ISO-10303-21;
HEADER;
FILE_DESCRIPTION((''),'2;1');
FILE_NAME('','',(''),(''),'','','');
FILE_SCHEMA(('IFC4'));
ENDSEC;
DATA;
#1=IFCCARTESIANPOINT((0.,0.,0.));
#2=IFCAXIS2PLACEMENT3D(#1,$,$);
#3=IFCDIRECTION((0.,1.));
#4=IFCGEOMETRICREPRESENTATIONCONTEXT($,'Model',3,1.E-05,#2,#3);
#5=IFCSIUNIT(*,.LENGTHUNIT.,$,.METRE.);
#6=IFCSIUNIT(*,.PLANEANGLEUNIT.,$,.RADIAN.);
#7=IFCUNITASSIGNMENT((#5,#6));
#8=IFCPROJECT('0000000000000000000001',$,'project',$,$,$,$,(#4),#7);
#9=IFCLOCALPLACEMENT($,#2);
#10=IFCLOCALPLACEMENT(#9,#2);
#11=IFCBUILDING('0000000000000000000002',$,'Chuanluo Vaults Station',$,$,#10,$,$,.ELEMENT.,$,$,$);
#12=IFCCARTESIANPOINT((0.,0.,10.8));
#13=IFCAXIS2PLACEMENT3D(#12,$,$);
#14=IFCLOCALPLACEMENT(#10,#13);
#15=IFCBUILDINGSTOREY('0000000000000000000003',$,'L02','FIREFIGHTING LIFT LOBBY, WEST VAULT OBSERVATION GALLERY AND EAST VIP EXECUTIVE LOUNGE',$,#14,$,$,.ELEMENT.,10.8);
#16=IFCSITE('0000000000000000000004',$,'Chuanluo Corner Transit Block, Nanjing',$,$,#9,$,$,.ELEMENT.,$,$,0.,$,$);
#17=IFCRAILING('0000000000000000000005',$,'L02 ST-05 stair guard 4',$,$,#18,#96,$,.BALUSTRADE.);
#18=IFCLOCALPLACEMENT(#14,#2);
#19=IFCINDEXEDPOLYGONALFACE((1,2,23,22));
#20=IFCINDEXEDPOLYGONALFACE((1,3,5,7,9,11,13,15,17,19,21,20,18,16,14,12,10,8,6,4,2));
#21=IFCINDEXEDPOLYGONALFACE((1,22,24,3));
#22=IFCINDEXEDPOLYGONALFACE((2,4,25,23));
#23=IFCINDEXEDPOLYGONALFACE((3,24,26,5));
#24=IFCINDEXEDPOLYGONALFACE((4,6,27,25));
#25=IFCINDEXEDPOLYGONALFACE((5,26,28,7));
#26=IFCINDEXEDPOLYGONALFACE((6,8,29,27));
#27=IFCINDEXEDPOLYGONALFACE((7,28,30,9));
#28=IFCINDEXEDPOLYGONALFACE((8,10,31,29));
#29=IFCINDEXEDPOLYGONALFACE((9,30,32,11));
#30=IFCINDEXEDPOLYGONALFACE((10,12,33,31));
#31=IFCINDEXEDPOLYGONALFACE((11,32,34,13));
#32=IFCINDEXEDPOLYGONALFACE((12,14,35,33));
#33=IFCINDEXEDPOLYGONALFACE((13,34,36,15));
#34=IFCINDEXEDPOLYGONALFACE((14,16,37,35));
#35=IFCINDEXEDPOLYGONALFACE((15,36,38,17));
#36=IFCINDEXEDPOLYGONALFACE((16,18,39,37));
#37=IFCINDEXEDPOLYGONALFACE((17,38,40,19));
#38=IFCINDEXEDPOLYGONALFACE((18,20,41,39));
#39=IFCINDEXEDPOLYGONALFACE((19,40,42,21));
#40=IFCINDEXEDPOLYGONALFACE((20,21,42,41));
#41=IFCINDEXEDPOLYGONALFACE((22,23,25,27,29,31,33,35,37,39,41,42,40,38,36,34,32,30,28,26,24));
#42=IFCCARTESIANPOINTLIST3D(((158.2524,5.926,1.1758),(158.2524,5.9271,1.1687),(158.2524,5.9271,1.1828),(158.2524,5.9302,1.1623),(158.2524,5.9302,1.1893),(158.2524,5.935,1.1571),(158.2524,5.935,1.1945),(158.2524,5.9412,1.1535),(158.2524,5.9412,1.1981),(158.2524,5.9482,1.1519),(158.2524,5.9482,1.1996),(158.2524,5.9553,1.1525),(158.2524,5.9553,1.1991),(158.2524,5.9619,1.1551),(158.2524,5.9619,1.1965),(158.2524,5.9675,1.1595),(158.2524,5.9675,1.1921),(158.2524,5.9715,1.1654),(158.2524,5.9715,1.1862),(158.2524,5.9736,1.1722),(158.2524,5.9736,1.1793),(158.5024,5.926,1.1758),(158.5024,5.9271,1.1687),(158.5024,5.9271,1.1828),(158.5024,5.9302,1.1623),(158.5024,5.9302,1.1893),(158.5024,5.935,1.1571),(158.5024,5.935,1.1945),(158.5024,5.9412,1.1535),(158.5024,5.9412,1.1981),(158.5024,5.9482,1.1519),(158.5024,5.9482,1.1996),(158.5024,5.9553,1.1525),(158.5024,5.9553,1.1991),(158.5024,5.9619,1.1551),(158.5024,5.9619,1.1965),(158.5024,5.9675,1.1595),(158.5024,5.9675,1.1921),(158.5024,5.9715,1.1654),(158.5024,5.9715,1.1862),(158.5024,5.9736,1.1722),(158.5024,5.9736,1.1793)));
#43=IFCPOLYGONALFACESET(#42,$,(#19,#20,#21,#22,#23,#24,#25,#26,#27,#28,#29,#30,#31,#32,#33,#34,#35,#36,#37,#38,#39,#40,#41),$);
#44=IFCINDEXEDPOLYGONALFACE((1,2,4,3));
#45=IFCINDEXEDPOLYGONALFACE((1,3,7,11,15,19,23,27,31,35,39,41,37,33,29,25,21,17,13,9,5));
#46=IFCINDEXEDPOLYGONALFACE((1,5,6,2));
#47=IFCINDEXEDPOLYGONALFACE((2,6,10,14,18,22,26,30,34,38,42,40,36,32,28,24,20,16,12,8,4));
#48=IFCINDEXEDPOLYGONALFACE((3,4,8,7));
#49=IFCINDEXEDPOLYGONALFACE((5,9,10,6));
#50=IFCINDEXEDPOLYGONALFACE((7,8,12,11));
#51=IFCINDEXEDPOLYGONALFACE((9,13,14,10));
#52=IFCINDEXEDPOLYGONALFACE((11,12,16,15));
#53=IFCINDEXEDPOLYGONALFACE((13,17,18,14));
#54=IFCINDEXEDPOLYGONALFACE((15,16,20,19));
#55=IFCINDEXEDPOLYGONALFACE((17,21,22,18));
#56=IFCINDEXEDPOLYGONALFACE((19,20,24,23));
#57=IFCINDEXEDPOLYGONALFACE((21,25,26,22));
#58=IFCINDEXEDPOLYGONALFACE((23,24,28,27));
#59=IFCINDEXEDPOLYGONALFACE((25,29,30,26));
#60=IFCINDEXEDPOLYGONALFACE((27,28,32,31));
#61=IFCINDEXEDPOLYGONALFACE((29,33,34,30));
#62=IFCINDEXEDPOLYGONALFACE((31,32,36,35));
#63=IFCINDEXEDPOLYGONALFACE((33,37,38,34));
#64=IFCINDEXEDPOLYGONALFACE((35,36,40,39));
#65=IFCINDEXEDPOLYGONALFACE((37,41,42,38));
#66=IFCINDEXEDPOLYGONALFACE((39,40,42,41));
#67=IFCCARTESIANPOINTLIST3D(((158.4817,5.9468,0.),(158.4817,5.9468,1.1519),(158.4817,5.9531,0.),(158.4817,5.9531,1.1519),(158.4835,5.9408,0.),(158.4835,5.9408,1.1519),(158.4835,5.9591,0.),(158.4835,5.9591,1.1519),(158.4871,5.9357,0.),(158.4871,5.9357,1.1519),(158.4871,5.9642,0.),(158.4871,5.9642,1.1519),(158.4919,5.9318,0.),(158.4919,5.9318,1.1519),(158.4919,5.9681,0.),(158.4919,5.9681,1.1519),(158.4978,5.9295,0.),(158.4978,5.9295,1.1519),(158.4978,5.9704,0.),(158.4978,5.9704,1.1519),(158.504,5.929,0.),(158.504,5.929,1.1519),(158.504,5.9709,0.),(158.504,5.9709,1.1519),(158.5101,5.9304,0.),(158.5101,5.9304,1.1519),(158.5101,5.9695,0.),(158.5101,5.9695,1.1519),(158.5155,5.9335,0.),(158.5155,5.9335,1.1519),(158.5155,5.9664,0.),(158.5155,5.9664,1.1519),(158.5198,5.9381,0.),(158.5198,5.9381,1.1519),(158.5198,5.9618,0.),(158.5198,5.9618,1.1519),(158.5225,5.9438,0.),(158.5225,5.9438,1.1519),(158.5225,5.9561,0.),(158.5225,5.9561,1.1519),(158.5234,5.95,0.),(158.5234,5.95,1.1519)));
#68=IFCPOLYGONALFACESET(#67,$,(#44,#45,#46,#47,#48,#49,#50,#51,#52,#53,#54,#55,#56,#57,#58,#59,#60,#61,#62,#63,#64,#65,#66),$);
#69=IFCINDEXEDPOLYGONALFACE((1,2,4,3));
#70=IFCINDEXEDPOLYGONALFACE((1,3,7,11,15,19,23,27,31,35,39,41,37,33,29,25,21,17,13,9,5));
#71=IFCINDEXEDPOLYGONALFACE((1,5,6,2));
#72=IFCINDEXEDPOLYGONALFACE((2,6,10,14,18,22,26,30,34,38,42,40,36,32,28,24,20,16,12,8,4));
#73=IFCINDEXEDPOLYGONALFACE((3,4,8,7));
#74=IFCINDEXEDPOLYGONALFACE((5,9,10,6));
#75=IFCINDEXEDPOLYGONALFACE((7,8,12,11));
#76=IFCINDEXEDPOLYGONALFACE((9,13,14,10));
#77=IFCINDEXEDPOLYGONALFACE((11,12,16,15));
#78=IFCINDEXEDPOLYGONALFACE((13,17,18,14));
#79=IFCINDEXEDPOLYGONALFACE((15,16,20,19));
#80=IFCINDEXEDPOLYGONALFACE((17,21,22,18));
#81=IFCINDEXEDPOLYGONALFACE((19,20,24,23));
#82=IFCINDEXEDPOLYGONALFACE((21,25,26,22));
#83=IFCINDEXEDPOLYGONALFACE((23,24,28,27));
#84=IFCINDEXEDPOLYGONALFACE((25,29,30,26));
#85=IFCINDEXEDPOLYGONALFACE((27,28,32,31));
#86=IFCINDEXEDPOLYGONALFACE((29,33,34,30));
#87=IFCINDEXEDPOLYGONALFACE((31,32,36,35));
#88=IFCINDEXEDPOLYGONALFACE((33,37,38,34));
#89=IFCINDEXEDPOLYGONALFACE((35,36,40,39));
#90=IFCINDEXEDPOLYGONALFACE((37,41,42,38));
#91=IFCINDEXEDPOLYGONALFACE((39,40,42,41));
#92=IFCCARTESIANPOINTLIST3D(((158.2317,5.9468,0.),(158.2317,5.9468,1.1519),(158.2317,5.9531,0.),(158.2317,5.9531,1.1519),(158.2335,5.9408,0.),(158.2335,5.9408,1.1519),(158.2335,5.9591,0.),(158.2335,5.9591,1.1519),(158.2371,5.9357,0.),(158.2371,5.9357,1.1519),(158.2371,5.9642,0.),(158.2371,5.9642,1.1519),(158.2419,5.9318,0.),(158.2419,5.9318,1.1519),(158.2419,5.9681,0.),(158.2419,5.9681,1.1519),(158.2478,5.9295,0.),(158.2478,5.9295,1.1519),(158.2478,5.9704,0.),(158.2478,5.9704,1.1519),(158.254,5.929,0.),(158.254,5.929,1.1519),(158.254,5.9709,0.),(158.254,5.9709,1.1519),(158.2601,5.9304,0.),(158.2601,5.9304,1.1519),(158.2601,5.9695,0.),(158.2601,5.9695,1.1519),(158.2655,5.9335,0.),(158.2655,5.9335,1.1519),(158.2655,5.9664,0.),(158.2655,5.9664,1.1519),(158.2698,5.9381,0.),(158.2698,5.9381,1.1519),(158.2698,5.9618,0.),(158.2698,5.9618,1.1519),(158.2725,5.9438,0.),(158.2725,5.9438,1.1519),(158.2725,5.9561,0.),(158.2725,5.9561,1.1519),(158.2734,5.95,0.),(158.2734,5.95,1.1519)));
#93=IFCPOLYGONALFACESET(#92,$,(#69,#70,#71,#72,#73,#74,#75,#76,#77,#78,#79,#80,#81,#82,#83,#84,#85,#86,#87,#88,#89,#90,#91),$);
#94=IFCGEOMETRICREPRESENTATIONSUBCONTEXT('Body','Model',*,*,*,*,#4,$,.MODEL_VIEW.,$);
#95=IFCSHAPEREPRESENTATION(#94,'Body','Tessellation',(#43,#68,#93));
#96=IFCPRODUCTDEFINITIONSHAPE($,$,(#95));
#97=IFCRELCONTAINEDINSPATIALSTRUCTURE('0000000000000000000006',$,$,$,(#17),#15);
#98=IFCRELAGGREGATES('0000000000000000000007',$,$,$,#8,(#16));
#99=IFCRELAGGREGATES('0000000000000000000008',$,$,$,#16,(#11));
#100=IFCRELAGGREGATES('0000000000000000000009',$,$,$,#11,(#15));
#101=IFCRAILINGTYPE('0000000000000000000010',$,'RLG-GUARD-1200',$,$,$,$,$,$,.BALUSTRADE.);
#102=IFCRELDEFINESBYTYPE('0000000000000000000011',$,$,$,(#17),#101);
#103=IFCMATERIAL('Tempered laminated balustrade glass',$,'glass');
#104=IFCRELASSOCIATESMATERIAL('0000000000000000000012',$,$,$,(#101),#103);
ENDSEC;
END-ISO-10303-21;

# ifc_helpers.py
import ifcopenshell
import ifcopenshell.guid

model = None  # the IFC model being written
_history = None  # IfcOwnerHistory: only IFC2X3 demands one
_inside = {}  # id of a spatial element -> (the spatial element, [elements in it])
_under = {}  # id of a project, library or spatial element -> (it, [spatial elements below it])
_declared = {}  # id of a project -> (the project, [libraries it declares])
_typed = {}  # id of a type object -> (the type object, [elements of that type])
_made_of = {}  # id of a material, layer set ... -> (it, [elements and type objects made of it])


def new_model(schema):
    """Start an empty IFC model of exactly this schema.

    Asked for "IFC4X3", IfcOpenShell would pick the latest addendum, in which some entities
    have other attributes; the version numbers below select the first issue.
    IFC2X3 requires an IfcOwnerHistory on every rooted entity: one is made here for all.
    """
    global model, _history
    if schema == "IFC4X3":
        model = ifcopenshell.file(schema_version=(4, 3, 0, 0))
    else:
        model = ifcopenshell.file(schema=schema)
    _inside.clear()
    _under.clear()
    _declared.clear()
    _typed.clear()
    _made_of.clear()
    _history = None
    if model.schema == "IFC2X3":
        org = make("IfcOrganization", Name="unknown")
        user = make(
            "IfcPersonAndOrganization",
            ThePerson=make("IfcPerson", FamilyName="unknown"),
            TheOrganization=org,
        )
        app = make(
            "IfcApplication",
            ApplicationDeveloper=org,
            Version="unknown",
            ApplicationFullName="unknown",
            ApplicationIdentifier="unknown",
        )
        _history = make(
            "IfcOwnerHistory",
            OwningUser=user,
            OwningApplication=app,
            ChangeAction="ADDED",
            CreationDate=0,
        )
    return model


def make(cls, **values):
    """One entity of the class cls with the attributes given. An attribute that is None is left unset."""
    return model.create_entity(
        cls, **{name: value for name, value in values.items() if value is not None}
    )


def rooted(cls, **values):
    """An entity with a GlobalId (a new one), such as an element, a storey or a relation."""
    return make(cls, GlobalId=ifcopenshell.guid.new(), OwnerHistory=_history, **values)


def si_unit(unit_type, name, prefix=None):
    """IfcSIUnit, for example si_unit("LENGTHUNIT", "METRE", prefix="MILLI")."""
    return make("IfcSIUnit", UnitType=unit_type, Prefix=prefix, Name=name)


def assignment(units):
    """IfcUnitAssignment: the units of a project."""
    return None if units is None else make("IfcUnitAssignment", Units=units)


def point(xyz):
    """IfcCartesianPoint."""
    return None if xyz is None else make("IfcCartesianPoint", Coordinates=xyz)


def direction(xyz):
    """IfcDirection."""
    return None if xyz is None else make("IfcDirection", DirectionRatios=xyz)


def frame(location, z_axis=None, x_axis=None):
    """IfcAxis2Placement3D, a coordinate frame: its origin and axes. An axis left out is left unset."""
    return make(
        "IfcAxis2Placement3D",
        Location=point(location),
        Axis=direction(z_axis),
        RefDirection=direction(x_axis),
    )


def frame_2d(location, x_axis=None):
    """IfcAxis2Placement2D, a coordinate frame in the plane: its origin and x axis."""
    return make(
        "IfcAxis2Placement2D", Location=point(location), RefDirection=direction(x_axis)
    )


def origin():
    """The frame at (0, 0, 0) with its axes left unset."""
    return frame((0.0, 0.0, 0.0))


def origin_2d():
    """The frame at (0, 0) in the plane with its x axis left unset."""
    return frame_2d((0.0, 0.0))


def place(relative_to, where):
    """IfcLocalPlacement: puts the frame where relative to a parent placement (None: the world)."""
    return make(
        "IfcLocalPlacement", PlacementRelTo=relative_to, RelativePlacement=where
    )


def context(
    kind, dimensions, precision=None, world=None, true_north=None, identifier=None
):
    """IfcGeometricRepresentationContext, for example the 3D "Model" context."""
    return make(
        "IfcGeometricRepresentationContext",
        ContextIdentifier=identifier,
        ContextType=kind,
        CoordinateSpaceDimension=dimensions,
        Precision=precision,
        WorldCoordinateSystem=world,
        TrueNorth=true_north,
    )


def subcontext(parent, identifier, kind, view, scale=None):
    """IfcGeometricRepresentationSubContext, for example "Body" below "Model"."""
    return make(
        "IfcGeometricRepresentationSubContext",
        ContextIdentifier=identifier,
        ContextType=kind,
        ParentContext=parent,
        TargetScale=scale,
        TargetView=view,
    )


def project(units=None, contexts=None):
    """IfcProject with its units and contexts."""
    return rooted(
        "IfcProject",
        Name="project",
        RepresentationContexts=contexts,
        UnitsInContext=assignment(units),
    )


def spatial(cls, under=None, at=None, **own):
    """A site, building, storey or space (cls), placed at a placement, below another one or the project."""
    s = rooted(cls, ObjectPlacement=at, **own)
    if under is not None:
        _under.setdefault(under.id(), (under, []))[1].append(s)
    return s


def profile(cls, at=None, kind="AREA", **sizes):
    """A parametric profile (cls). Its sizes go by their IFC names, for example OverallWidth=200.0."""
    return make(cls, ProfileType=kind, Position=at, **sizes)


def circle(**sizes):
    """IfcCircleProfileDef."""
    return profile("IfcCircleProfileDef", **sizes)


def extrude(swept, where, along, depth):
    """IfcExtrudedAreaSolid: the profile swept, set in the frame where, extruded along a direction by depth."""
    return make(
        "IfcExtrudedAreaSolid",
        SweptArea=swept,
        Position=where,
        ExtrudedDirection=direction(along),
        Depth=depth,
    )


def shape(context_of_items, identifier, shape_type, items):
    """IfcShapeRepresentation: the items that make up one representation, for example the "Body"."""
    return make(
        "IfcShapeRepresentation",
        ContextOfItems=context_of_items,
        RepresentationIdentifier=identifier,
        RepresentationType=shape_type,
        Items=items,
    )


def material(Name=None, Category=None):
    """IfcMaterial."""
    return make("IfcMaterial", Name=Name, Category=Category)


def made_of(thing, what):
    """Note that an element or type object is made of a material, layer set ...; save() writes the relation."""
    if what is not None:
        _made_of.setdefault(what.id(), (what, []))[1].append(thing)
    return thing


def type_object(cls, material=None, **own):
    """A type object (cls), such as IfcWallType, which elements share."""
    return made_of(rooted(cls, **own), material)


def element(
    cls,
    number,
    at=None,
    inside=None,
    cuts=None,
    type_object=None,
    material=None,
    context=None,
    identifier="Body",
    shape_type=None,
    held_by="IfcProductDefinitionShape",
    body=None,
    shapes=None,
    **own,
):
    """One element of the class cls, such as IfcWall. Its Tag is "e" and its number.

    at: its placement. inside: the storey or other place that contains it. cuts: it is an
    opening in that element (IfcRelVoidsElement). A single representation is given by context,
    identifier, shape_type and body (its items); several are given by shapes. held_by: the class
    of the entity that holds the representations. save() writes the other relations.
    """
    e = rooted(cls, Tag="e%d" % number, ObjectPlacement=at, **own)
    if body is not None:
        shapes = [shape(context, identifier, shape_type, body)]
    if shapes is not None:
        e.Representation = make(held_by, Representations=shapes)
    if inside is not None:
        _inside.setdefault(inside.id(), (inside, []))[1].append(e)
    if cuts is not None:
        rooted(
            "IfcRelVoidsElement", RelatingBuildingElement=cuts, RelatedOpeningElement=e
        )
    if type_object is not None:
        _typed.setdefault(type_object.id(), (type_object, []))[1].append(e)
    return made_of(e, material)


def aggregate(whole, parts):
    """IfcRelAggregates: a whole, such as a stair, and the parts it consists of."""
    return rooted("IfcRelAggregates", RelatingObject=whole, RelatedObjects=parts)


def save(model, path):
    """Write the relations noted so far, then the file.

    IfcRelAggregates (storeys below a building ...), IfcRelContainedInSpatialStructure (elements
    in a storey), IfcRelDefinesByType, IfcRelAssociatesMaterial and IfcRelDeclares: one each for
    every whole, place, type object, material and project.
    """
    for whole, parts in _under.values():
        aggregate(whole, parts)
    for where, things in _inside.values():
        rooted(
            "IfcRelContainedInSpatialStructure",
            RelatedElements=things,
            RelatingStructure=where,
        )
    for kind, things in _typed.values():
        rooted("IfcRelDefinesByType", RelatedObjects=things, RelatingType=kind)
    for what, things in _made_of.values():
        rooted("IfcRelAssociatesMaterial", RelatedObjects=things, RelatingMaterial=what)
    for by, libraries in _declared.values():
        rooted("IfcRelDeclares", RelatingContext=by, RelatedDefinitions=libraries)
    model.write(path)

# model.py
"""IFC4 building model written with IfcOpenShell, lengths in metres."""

from ifc_helpers import new_model, si_unit, direction, frame, origin, origin_2d, place, context, subcontext, project, spatial, circle, extrude, material, type_object, element, save


model = new_model("IFC4")

# Units and contexts
model_context = context("Model", 3, precision=1e-05, world=origin(), true_north=direction((0.0, 1.0)))
body_context = subcontext(model_context, "Body", "Model", "MODEL_VIEW")
ifc_project = project(units=[si_unit("LENGTHUNIT", "METRE"), si_unit("PLANEANGLEUNIT", "RADIAN")], contexts=[model_context])

# Site, building, storey
site_placement = place(None, origin())
site = spatial("IfcSite", under=ifc_project, at=site_placement, Name="Chuanluo Corner Transit Block, Nanjing", CompositionType="ELEMENT", RefElevation=0.0)
building_placement = place(site_placement, origin())
building = spatial("IfcBuilding", under=site, at=building_placement, Name="Chuanluo Vaults Station", CompositionType="ELEMENT")
storey_placement = place(building_placement, frame((0.0, 0.0, 10.8)))
storey = spatial("IfcBuildingStorey", under=building, at=storey_placement, Name="L02", Description="FIREFIGHTING LIFT LOBBY, WEST VAULT OBSERVATION GALLERY AND EAST VIP EXECUTIVE LOUNGE", CompositionType="ELEMENT", Elevation=10.8)

# Railing
ifc_material_1 = material(Name="Tempered laminated balustrade glass", Category="glass")
railing_type_1 = type_object("IfcRailingType", Name="RLG-GUARD-1200", PredefinedType="BALUSTRADE", material=ifc_material_1)
railing_1_placement = place(storey_placement, frame((158.5024, 5.95, 0.0)))
element("IfcRailing", 1, at=railing_1_placement, inside=storey, type_object=railing_type_1, Name="L02 ST-05 stair guard 4", PredefinedType="BALUSTRADE", context=body_context, shape_type="SweptSolid", body=[
    extrude(circle(Radius=0.0239, at=origin_2d()), frame((0.0, 0.0, 1.1758), z_axis=(-1.0, 0.0, 0.0), x_axis=(0.0, -1.0, 0.0)), (0.0, 0.0, 1.0), 0.25),
    extrude(circle(Radius=0.021, at=origin_2d()), origin(), (0.0, 0.0, 1.0), 1.1519),
    extrude(circle(Radius=0.021, at=origin_2d()), frame((-0.25, 0.0, 0.0)), (0.0, 0.0, 1.0), 1.1519),
])

save(model, "model.ifc")
